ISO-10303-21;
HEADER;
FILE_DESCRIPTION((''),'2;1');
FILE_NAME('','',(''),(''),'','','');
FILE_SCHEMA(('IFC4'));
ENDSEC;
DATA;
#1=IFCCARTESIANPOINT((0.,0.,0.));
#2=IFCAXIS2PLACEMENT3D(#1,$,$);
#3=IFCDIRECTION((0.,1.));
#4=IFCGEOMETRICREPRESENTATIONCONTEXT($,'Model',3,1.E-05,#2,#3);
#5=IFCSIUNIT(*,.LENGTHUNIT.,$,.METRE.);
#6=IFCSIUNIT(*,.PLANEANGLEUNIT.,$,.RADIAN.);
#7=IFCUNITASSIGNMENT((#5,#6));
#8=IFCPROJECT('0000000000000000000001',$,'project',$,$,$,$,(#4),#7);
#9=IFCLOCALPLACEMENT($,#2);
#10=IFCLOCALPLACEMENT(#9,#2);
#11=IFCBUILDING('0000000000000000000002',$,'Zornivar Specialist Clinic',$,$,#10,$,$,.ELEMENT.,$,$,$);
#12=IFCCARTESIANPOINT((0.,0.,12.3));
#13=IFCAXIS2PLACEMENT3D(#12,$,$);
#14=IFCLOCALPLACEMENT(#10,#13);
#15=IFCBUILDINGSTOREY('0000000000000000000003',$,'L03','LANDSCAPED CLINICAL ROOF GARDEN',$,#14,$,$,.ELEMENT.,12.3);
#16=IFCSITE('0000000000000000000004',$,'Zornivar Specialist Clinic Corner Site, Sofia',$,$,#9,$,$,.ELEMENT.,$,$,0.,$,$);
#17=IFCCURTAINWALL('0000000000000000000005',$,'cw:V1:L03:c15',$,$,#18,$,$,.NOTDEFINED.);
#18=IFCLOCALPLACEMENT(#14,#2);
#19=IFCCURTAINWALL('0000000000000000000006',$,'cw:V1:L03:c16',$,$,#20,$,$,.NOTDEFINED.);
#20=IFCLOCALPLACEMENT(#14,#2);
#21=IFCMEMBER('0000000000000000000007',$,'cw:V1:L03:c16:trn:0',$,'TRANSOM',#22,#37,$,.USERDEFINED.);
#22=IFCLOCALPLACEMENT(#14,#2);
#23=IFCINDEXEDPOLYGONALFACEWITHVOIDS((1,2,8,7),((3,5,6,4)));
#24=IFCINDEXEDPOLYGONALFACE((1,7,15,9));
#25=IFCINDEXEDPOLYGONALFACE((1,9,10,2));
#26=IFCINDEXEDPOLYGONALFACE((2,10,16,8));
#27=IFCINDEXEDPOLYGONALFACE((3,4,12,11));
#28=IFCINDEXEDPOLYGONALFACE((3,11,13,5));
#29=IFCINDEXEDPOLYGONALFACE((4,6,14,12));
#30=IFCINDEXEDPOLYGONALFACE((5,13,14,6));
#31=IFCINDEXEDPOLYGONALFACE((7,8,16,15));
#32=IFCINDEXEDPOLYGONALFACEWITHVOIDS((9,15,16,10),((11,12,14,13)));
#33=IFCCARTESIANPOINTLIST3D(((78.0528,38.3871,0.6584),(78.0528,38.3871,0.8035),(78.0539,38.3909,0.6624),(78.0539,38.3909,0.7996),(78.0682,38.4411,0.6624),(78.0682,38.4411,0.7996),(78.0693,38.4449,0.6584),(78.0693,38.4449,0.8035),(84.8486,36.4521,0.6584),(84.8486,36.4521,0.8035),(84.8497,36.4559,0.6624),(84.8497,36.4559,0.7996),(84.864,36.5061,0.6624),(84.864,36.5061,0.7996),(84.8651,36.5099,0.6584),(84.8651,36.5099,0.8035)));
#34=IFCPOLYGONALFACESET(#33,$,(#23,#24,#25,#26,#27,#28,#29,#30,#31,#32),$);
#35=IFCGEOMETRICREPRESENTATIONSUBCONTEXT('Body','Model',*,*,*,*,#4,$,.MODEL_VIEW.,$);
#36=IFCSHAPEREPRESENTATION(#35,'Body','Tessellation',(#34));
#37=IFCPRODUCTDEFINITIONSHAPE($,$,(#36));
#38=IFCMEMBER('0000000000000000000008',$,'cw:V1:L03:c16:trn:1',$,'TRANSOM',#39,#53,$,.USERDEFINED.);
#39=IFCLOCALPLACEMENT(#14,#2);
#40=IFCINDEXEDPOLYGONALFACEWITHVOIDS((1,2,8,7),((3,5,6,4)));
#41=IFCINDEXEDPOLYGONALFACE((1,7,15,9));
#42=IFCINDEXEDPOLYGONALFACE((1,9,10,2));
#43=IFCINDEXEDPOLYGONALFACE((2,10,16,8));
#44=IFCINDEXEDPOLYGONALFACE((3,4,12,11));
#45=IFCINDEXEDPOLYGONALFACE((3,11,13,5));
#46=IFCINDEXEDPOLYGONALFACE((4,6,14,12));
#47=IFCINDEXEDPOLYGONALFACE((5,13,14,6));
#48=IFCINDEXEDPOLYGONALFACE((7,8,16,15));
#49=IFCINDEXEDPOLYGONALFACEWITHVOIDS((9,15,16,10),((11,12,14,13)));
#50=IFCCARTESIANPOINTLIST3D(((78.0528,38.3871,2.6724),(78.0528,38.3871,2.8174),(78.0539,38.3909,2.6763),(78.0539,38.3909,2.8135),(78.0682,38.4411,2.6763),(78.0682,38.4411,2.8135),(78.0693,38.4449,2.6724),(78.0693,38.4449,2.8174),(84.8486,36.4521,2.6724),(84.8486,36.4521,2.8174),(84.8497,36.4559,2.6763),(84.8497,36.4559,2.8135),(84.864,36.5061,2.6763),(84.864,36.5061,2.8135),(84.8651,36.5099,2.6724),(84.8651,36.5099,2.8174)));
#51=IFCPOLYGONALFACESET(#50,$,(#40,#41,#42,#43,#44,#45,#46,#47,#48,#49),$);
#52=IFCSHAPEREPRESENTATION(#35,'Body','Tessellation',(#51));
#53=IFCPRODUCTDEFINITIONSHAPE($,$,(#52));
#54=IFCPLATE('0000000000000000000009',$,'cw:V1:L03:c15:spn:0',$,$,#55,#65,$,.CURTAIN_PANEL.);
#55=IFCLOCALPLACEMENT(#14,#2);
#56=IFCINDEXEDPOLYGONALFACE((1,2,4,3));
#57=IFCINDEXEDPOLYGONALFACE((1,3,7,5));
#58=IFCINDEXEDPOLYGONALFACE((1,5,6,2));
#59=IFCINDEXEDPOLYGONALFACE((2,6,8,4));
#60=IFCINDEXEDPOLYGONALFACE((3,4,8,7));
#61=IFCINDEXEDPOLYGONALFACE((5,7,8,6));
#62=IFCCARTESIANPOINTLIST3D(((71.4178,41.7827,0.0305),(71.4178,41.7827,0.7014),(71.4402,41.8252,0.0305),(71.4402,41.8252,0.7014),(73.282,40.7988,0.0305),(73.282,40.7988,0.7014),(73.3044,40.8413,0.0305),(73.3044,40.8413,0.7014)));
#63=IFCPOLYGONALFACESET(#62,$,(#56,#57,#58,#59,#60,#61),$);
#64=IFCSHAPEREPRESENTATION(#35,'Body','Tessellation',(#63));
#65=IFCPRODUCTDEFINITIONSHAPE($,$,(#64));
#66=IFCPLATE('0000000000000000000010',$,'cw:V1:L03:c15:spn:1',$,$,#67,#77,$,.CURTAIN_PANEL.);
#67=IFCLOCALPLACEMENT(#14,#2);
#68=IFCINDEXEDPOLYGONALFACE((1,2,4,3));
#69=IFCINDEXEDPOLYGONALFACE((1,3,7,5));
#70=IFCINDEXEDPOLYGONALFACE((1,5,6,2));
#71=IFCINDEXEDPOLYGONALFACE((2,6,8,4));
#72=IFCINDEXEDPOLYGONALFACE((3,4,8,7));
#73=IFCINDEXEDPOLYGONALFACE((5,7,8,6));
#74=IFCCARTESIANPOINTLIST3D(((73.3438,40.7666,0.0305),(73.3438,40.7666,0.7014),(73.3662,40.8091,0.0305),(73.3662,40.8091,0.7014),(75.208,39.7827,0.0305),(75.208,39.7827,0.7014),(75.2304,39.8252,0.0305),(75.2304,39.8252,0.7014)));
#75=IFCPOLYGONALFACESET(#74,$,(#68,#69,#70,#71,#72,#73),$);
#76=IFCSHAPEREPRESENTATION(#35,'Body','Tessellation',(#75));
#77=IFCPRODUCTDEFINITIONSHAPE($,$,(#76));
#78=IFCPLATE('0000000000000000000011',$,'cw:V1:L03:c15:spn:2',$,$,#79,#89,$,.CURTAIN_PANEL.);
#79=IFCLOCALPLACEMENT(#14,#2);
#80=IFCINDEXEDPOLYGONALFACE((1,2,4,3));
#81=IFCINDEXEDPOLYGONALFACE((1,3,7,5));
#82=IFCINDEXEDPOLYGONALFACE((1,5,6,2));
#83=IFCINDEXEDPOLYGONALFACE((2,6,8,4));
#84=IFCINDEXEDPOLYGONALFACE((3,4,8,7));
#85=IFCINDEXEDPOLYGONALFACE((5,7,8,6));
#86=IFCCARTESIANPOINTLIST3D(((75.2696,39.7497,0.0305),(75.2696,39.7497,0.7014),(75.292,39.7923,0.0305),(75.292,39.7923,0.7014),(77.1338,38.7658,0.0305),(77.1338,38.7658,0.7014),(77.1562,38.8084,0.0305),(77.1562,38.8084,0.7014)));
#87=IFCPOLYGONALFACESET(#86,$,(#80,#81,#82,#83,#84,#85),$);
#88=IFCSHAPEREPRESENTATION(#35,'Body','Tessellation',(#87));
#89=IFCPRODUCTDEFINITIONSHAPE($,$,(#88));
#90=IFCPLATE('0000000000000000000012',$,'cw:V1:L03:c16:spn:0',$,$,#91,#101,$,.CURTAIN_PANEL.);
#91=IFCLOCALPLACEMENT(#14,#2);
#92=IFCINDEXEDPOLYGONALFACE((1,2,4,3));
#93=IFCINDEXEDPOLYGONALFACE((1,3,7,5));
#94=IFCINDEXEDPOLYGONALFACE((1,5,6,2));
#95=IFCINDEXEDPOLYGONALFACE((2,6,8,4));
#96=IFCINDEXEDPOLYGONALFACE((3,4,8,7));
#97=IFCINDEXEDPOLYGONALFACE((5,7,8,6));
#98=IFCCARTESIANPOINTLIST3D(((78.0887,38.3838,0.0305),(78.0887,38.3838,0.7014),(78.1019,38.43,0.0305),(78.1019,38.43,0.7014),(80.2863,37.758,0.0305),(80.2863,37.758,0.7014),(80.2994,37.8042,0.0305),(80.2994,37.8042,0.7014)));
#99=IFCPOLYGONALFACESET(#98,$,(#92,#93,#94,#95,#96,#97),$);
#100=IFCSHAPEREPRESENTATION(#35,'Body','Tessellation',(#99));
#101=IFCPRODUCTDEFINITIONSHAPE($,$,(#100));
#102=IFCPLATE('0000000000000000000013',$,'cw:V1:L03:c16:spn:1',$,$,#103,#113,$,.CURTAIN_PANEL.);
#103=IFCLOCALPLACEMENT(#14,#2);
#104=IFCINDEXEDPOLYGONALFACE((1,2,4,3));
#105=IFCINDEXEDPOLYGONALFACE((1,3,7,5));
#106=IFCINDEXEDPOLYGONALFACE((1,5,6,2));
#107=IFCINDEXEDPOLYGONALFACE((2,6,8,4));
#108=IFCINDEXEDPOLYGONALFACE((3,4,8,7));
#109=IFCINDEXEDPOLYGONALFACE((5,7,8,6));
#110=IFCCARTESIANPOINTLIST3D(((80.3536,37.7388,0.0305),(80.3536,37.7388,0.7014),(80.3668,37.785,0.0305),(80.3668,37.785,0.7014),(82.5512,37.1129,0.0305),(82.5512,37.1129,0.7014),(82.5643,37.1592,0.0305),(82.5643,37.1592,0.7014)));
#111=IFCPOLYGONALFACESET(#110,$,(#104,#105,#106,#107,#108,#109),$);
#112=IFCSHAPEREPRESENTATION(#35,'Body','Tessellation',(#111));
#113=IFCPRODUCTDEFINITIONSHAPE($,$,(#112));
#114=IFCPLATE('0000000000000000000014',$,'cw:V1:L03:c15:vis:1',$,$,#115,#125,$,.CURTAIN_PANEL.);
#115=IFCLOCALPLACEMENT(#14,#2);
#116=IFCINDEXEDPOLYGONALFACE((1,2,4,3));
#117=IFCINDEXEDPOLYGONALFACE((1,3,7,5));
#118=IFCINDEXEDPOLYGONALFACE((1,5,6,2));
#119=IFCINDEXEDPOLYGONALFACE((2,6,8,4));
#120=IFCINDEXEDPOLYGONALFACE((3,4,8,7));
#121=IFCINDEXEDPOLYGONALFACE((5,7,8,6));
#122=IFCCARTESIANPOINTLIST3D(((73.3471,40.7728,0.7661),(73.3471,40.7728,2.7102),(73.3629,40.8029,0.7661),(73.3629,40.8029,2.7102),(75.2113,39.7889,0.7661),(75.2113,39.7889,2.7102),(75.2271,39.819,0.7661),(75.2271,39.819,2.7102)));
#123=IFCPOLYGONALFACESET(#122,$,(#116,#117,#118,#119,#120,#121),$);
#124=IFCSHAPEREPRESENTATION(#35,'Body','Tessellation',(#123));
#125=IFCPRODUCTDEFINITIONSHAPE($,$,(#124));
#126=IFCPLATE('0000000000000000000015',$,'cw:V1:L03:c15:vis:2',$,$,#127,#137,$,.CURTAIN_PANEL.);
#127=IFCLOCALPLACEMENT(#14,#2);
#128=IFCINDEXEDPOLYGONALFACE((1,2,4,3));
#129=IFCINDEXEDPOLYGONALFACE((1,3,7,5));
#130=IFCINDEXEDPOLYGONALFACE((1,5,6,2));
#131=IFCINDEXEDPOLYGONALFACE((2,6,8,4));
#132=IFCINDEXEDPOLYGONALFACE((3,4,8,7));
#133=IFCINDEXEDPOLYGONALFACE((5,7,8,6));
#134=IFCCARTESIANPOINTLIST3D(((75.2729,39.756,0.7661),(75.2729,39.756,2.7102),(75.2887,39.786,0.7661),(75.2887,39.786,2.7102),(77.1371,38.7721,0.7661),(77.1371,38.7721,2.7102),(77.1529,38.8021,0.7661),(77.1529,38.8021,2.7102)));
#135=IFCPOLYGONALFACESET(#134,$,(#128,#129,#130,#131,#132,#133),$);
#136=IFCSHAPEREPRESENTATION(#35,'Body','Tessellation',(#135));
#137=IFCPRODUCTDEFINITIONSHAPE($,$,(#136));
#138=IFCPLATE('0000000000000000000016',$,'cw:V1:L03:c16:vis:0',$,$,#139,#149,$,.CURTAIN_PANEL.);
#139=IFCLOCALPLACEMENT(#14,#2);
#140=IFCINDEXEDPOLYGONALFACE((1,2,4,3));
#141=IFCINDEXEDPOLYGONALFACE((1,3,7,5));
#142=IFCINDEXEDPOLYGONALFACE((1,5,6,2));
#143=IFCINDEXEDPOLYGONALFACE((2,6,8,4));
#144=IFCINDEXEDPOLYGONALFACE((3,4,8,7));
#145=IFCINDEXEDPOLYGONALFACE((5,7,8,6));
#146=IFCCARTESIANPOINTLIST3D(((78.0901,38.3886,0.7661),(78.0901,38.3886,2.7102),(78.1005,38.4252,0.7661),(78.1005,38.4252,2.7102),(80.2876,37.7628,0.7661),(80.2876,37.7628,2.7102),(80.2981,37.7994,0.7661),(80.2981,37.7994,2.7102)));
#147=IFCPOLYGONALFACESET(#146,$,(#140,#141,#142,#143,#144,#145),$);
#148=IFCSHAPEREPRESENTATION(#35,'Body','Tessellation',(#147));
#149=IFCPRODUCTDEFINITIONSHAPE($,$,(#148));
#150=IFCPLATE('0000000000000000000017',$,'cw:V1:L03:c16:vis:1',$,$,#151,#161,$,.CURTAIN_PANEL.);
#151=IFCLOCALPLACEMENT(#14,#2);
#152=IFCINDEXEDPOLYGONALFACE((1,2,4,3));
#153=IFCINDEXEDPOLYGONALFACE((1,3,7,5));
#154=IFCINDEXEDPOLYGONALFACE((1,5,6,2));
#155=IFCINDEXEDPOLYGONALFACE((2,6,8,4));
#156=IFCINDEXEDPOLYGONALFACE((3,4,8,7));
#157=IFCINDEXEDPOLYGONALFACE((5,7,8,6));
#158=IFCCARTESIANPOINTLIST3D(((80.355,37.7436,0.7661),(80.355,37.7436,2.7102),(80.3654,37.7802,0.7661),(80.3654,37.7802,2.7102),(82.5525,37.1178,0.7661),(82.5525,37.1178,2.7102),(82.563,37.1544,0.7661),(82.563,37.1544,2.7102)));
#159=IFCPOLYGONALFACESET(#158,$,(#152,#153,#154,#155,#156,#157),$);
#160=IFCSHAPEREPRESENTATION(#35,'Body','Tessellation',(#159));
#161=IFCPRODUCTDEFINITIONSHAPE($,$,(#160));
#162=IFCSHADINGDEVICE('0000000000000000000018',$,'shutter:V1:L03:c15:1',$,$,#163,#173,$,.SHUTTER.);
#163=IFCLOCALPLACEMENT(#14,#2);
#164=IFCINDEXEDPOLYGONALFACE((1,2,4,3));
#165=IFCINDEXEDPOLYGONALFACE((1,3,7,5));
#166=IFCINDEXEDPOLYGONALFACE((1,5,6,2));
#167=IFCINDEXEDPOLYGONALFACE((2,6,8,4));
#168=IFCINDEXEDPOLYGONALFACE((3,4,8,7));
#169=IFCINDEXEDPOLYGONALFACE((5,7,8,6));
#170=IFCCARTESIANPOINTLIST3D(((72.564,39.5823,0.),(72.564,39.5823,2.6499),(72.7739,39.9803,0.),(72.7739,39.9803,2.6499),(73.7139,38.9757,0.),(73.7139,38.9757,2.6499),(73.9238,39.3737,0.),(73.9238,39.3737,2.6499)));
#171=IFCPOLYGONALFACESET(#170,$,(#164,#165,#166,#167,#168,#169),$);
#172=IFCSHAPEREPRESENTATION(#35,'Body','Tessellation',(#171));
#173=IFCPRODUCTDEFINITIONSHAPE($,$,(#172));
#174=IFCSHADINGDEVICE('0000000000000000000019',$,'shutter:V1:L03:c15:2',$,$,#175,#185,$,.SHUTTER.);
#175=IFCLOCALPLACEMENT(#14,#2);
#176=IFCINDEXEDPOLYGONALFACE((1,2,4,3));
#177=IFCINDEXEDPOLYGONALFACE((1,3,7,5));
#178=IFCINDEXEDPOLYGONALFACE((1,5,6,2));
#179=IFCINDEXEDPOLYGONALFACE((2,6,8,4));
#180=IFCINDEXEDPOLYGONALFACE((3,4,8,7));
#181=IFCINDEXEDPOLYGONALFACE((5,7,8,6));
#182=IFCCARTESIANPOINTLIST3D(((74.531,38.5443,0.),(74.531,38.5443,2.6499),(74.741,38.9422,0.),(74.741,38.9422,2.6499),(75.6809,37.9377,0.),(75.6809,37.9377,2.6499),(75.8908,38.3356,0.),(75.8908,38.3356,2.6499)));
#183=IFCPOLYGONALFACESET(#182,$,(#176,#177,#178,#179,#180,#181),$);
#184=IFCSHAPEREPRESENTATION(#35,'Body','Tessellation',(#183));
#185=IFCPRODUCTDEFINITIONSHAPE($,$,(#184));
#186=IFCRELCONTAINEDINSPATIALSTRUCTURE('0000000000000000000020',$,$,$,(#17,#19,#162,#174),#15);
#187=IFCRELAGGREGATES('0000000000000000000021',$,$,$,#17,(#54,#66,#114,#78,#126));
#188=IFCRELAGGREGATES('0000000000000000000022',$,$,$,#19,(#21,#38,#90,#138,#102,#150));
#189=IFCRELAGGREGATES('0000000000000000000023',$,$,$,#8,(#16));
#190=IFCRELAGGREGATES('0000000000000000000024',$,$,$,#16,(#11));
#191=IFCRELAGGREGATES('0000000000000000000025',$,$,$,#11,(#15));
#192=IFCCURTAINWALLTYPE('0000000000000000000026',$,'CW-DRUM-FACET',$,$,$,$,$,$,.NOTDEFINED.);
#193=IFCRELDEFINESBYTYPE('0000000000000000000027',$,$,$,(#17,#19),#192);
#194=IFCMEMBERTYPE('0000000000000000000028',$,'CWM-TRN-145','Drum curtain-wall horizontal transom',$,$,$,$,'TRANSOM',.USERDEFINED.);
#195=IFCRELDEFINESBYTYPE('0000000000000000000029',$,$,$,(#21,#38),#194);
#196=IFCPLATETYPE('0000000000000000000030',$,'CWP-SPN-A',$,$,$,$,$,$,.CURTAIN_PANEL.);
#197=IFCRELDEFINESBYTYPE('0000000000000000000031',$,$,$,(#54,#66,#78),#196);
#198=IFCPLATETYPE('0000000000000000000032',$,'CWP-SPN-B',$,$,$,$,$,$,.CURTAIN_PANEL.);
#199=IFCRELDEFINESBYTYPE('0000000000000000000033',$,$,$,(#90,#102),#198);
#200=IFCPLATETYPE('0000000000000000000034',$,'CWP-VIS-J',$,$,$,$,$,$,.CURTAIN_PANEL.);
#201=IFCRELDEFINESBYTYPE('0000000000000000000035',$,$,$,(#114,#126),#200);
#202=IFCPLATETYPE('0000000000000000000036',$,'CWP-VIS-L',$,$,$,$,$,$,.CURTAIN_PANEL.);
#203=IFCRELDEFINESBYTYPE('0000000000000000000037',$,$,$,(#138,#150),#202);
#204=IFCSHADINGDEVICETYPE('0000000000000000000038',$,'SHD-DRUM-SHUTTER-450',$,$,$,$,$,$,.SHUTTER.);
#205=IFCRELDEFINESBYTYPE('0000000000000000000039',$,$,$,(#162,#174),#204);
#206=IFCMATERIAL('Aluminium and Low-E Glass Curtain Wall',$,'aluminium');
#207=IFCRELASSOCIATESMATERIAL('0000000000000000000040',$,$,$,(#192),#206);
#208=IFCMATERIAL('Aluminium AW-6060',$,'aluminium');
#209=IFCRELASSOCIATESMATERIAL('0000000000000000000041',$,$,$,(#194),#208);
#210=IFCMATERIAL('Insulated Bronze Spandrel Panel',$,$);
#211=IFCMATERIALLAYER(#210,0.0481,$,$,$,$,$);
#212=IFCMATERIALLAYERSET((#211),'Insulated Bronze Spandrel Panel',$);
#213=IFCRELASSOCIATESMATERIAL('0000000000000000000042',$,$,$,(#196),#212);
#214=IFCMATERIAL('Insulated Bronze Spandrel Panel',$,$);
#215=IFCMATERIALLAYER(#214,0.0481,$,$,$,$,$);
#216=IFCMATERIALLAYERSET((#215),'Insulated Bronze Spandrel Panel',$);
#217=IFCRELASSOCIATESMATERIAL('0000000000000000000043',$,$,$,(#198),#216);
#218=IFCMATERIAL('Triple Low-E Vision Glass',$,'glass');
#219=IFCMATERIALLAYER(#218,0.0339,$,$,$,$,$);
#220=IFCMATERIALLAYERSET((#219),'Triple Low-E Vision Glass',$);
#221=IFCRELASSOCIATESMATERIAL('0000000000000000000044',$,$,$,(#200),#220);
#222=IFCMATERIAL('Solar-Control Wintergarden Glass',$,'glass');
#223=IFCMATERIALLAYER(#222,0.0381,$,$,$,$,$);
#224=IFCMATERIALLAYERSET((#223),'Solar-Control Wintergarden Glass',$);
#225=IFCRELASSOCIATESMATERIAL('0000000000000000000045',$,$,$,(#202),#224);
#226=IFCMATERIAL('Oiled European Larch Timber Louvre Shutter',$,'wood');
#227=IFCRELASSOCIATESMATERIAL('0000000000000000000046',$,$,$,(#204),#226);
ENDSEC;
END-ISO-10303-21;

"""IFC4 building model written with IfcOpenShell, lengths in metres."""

from ifc_helpers import new_model, si_unit, direction, frame, origin, origin_2d, place, context, subcontext, project, spatial, rectangle, hollow_rectangle, extrude, material, layer, layer_set, material_profile, profile_set, type_object, element, aggregate, save


model = new_model("IFC4")

# Units and contexts
model_context = context("Model", 3, precision=1e-05, world=origin(), true_north=direction((0.0, 1.0)))
body_context = subcontext(model_context, "Body", "Model", "MODEL_VIEW")
ifc_project = project(units=[si_unit("LENGTHUNIT", "METRE"), si_unit("PLANEANGLEUNIT", "RADIAN")], contexts=[model_context])

# Site, building, storey
site_placement = place(None, origin())
site = spatial("IfcSite", under=ifc_project, at=site_placement, Name="Zornivar Specialist Clinic Corner Site, Sofia", CompositionType="ELEMENT", RefElevation=0.0)
building_placement = place(site_placement, origin())
building = spatial("IfcBuilding", under=site, at=building_placement, Name="Zornivar Specialist Clinic", CompositionType="ELEMENT")
storey_placement = place(building_placement, frame((0.0, 0.0, 12.3)))
storey = spatial("IfcBuildingStorey", under=building, at=storey_placement, Name="L03", Description="LANDSCAPED CLINICAL ROOF GARDEN", CompositionType="ELEMENT", Elevation=12.3)

# Curtain walls, members
ifc_material_1 = material(Name="Aluminium and Low-E Glass Curtain Wall", Category="aluminium")
curtain_wall_type = type_object("IfcCurtainWallType", Name="CW-DRUM-FACET", PredefinedType="NOTDEFINED", material=ifc_material_1)
curtain_wall_1_placement = place(storey_placement, origin())
curtain_wall_1 = element("IfcCurtainWall", 1, at=curtain_wall_1_placement, inside=storey, type_object=curtain_wall_type, Name="cw:V1:L03:c15", PredefinedType="NOTDEFINED")
curtain_wall_2_placement = place(storey_placement, origin())
curtain_wall_2 = element("IfcCurtainWall", 2, at=curtain_wall_2_placement, inside=storey, type_object=curtain_wall_type, Name="cw:V1:L03:c16", PredefinedType="NOTDEFINED")
ifc_material_2 = material(Name="Aluminium AW-6060", Category="aluminium")
ifc_material_profile_1 = material_profile(ifc_material_2, hollow_rectangle(XDim=0.0601, YDim=0.145, WallThickness=0.0039, at=origin_2d()), Name="ALU 60x145x4")
ifc_profile_set_1 = profile_set([ifc_material_profile_1], Name="Aluminium AW-6060")
member_type_1 = type_object("IfcMemberType", Name="CWM-TRN-145", Description="Drum curtain-wall horizontal transom", ElementType="TRANSOM", PredefinedType="USERDEFINED", material=ifc_profile_set_1)
member_1_placement = place(storey_placement, frame((78.061, 38.416, 0.731), z_axis=(0.961771, -0.273854, 0.0), x_axis=(0.273854, 0.961771, 0.0)))
member_1 = element("IfcMember", 3, at=member_1_placement, type_object=member_type_1, Name="cw:V1:L03:c16:trn:0", ObjectType="TRANSOM", PredefinedType="USERDEFINED", context=body_context, shape_type="SweptSolid", body=[
    extrude(hollow_rectangle(XDim=0.0601, YDim=0.145, WallThickness=0.0039, at=origin_2d()), origin(), (0.0, 0.0, 1.0), 7.0659),
])
member_2_placement = place(storey_placement, frame((78.061, 38.416, 2.7449), z_axis=(0.961771, -0.273854, 0.0), x_axis=(0.273854, 0.961771, 0.0)))
member_2 = element("IfcMember", 4, at=member_2_placement, type_object=member_type_1, Name="cw:V1:L03:c16:trn:1", ObjectType="TRANSOM", PredefinedType="USERDEFINED", context=body_context, shape_type="SweptSolid", body=[
    extrude(hollow_rectangle(XDim=0.0601, YDim=0.145, WallThickness=0.0039, at=origin_2d()), origin(), (0.0, 0.0, 1.0), 7.0659),
])

# Plates
ifc_material_3 = material(Name="Insulated Bronze Spandrel Panel")
ifc_layer_1 = layer(ifc_material_3, 0.0481)
ifc_layer_set_1 = layer_set([ifc_layer_1], Name="Insulated Bronze Spandrel Panel")
plate_type_1 = type_object("IfcPlateType", Name="CWP-SPN-A", PredefinedType="CURTAIN_PANEL", material=ifc_layer_set_1)
plate_1_placement = place(storey_placement, frame((72.3611, 41.312, 0.0305), z_axis=(0.0, 0.0, 1.0), x_axis=(0.884383, -0.466762, 0.0)))
plate_1 = element("IfcPlate", 5, at=plate_1_placement, type_object=plate_type_1, Name="cw:V1:L03:c15:spn:0", PredefinedType="CURTAIN_PANEL", context=body_context, shape_type="SweptSolid", body=[
    extrude(rectangle(XDim=2.1079, YDim=0.0481, at=origin_2d()), origin(), (0.0, 0.0, 1.0), 0.6709),
])
plate_2_placement = place(storey_placement, frame((74.2871, 40.2959, 0.0305), z_axis=(0.0, 0.0, 1.0), x_axis=(0.884383, -0.466762, 0.0)))
plate_2 = element("IfcPlate", 6, at=plate_2_placement, type_object=plate_type_1, Name="cw:V1:L03:c15:spn:1", PredefinedType="CURTAIN_PANEL", context=body_context, shape_type="SweptSolid", body=[
    extrude(rectangle(XDim=2.1079, YDim=0.0481, at=origin_2d()), origin(), (0.0, 0.0, 1.0), 0.6709),
])
plate_3_placement = place(storey_placement, frame((76.2129, 39.2791, 0.0305), z_axis=(0.0, 0.0, 1.0), x_axis=(0.884383, -0.466762, 0.0)))
plate_3 = element("IfcPlate", 7, at=plate_3_placement, type_object=plate_type_1, Name="cw:V1:L03:c15:spn:2", PredefinedType="CURTAIN_PANEL", context=body_context, shape_type="SweptSolid", body=[
    extrude(rectangle(XDim=2.1079, YDim=0.0481, at=origin_2d()), origin(), (0.0, 0.0, 1.0), 0.6709),
])
ifc_material_4 = material(Name="Insulated Bronze Spandrel Panel")
ifc_layer_2 = layer(ifc_material_4, 0.0481)
ifc_layer_set_2 = layer_set([ifc_layer_2], Name="Insulated Bronze Spandrel Panel")
plate_type_2 = type_object("IfcPlateType", Name="CWP-SPN-B", PredefinedType="CURTAIN_PANEL", material=ifc_layer_set_2)
plate_4_placement = place(storey_placement, frame((79.1941, 38.094, 0.0305), z_axis=(0.0, 0.0, 1.0), x_axis=(0.961761, -0.273889, 0.0)))
plate_4 = element("IfcPlate", 8, at=plate_4_placement, type_object=plate_type_2, Name="cw:V1:L03:c16:spn:0", PredefinedType="CURTAIN_PANEL", context=body_context, shape_type="SweptSolid", body=[
    extrude(rectangle(XDim=2.2849, YDim=0.0481, at=origin_2d()), origin(), (0.0, 0.0, 1.0), 0.6709),
])
plate_5_placement = place(storey_placement, frame((81.459, 37.449, 0.0305), z_axis=(0.0, 0.0, 1.0), x_axis=(0.961761, -0.273889, 0.0)))
plate_5 = element("IfcPlate", 9, at=plate_5_placement, type_object=plate_type_2, Name="cw:V1:L03:c16:spn:1", PredefinedType="CURTAIN_PANEL", context=body_context, shape_type="SweptSolid", body=[
    extrude(rectangle(XDim=2.2849, YDim=0.0481, at=origin_2d()), origin(), (0.0, 0.0, 1.0), 0.6709),
])
ifc_material_5 = material(Name="Triple Low-E Vision Glass", Category="glass")
ifc_layer_3 = layer(ifc_material_5, 0.0339)
ifc_layer_set_3 = layer_set([ifc_layer_3], Name="Triple Low-E Vision Glass")
plate_type_3 = type_object("IfcPlateType", Name="CWP-VIS-J", PredefinedType="CURTAIN_PANEL", material=ifc_layer_set_3)
plate_6_placement = place(storey_placement, frame((74.2871, 40.2959, 0.7661), z_axis=(0.0, 0.0, 1.0), x_axis=(0.884383, -0.466762, 0.0)))
plate_6 = element("IfcPlate", 10, at=plate_6_placement, type_object=plate_type_3, Name="cw:V1:L03:c15:vis:1", PredefinedType="CURTAIN_PANEL", context=body_context, shape_type="SweptSolid", body=[
    extrude(rectangle(XDim=2.1079, YDim=0.0339, at=origin_2d()), origin(), (0.0, 0.0, 1.0), 1.9441),
])
plate_7_placement = place(storey_placement, frame((76.2129, 39.2791, 0.7661), z_axis=(0.0, 0.0, 1.0), x_axis=(0.884383, -0.466762, 0.0)))
plate_7 = element("IfcPlate", 11, at=plate_7_placement, type_object=plate_type_3, Name="cw:V1:L03:c15:vis:2", PredefinedType="CURTAIN_PANEL", context=body_context, shape_type="SweptSolid", body=[
    extrude(rectangle(XDim=2.1079, YDim=0.0339, at=origin_2d()), origin(), (0.0, 0.0, 1.0), 1.9441),
])
aggregate(curtain_wall_1, [plate_1, plate_2, plate_6, plate_3, plate_7])
ifc_material_6 = material(Name="Solar-Control Wintergarden Glass", Category="glass")
ifc_layer_4 = layer(ifc_material_6, 0.0381)
ifc_layer_set_4 = layer_set([ifc_layer_4], Name="Solar-Control Wintergarden Glass")
plate_type_4 = type_object("IfcPlateType", Name="CWP-VIS-L", PredefinedType="CURTAIN_PANEL", material=ifc_layer_set_4)
plate_8_placement = place(storey_placement, frame((79.1941, 38.094, 0.7661), z_axis=(0.0, 0.0, 1.0), x_axis=(0.961761, -0.273889, 0.0)))
plate_8 = element("IfcPlate", 12, at=plate_8_placement, type_object=plate_type_4, Name="cw:V1:L03:c16:vis:0", PredefinedType="CURTAIN_PANEL", context=body_context, shape_type="SweptSolid", body=[
    extrude(rectangle(XDim=2.2849, YDim=0.0381, at=origin_2d()), origin(), (0.0, 0.0, 1.0), 1.9441),
])
plate_9_placement = place(storey_placement, frame((81.459, 37.449, 0.7661), z_axis=(0.0, 0.0, 1.0), x_axis=(0.961761, -0.273889, 0.0)))
plate_9 = element("IfcPlate", 13, at=plate_9_placement, type_object=plate_type_4, Name="cw:V1:L03:c16:vis:1", PredefinedType="CURTAIN_PANEL", context=body_context, shape_type="SweptSolid", body=[
    extrude(rectangle(XDim=2.2849, YDim=0.0381, at=origin_2d()), origin(), (0.0, 0.0, 1.0), 1.9441),
])
aggregate(curtain_wall_2, [member_1, member_2, plate_4, plate_8, plate_5, plate_9])

# Shading devices
ifc_material_7 = material(Name="Oiled European Larch Timber Louvre Shutter", Category="wood")
shading_device_type = type_object("IfcShadingDeviceType", Name="SHD-DRUM-SHUTTER-450", PredefinedType="SHUTTER", material=ifc_material_7)
for number, where, z_axis, x_axis, name in (
    (14, (73.2439, 39.478, 0.0), (0.0, 0.0, 1.0), (0.88447, -0.466597, 0.0), "shutter:V1:L03:c15:1"),
    (15, (75.2109, 38.4399, 0.0), (0.0, 0.0, 1.0), (0.88447, -0.466597, 0.0), "shutter:V1:L03:c15:2"),
):
    element("IfcShadingDevice", number, at=place(storey_placement, frame(where, z_axis=z_axis, x_axis=x_axis)), inside=storey, type_object=shading_device_type, Name=name, PredefinedType="SHUTTER", context=body_context, shape_type="SweptSolid", body=[
        extrude(rectangle(XDim=1.3, YDim=0.45, at=origin_2d()), origin(), (0.0, 0.0, 1.0), 2.6499),
    ])

save(model, "model.ifc")
